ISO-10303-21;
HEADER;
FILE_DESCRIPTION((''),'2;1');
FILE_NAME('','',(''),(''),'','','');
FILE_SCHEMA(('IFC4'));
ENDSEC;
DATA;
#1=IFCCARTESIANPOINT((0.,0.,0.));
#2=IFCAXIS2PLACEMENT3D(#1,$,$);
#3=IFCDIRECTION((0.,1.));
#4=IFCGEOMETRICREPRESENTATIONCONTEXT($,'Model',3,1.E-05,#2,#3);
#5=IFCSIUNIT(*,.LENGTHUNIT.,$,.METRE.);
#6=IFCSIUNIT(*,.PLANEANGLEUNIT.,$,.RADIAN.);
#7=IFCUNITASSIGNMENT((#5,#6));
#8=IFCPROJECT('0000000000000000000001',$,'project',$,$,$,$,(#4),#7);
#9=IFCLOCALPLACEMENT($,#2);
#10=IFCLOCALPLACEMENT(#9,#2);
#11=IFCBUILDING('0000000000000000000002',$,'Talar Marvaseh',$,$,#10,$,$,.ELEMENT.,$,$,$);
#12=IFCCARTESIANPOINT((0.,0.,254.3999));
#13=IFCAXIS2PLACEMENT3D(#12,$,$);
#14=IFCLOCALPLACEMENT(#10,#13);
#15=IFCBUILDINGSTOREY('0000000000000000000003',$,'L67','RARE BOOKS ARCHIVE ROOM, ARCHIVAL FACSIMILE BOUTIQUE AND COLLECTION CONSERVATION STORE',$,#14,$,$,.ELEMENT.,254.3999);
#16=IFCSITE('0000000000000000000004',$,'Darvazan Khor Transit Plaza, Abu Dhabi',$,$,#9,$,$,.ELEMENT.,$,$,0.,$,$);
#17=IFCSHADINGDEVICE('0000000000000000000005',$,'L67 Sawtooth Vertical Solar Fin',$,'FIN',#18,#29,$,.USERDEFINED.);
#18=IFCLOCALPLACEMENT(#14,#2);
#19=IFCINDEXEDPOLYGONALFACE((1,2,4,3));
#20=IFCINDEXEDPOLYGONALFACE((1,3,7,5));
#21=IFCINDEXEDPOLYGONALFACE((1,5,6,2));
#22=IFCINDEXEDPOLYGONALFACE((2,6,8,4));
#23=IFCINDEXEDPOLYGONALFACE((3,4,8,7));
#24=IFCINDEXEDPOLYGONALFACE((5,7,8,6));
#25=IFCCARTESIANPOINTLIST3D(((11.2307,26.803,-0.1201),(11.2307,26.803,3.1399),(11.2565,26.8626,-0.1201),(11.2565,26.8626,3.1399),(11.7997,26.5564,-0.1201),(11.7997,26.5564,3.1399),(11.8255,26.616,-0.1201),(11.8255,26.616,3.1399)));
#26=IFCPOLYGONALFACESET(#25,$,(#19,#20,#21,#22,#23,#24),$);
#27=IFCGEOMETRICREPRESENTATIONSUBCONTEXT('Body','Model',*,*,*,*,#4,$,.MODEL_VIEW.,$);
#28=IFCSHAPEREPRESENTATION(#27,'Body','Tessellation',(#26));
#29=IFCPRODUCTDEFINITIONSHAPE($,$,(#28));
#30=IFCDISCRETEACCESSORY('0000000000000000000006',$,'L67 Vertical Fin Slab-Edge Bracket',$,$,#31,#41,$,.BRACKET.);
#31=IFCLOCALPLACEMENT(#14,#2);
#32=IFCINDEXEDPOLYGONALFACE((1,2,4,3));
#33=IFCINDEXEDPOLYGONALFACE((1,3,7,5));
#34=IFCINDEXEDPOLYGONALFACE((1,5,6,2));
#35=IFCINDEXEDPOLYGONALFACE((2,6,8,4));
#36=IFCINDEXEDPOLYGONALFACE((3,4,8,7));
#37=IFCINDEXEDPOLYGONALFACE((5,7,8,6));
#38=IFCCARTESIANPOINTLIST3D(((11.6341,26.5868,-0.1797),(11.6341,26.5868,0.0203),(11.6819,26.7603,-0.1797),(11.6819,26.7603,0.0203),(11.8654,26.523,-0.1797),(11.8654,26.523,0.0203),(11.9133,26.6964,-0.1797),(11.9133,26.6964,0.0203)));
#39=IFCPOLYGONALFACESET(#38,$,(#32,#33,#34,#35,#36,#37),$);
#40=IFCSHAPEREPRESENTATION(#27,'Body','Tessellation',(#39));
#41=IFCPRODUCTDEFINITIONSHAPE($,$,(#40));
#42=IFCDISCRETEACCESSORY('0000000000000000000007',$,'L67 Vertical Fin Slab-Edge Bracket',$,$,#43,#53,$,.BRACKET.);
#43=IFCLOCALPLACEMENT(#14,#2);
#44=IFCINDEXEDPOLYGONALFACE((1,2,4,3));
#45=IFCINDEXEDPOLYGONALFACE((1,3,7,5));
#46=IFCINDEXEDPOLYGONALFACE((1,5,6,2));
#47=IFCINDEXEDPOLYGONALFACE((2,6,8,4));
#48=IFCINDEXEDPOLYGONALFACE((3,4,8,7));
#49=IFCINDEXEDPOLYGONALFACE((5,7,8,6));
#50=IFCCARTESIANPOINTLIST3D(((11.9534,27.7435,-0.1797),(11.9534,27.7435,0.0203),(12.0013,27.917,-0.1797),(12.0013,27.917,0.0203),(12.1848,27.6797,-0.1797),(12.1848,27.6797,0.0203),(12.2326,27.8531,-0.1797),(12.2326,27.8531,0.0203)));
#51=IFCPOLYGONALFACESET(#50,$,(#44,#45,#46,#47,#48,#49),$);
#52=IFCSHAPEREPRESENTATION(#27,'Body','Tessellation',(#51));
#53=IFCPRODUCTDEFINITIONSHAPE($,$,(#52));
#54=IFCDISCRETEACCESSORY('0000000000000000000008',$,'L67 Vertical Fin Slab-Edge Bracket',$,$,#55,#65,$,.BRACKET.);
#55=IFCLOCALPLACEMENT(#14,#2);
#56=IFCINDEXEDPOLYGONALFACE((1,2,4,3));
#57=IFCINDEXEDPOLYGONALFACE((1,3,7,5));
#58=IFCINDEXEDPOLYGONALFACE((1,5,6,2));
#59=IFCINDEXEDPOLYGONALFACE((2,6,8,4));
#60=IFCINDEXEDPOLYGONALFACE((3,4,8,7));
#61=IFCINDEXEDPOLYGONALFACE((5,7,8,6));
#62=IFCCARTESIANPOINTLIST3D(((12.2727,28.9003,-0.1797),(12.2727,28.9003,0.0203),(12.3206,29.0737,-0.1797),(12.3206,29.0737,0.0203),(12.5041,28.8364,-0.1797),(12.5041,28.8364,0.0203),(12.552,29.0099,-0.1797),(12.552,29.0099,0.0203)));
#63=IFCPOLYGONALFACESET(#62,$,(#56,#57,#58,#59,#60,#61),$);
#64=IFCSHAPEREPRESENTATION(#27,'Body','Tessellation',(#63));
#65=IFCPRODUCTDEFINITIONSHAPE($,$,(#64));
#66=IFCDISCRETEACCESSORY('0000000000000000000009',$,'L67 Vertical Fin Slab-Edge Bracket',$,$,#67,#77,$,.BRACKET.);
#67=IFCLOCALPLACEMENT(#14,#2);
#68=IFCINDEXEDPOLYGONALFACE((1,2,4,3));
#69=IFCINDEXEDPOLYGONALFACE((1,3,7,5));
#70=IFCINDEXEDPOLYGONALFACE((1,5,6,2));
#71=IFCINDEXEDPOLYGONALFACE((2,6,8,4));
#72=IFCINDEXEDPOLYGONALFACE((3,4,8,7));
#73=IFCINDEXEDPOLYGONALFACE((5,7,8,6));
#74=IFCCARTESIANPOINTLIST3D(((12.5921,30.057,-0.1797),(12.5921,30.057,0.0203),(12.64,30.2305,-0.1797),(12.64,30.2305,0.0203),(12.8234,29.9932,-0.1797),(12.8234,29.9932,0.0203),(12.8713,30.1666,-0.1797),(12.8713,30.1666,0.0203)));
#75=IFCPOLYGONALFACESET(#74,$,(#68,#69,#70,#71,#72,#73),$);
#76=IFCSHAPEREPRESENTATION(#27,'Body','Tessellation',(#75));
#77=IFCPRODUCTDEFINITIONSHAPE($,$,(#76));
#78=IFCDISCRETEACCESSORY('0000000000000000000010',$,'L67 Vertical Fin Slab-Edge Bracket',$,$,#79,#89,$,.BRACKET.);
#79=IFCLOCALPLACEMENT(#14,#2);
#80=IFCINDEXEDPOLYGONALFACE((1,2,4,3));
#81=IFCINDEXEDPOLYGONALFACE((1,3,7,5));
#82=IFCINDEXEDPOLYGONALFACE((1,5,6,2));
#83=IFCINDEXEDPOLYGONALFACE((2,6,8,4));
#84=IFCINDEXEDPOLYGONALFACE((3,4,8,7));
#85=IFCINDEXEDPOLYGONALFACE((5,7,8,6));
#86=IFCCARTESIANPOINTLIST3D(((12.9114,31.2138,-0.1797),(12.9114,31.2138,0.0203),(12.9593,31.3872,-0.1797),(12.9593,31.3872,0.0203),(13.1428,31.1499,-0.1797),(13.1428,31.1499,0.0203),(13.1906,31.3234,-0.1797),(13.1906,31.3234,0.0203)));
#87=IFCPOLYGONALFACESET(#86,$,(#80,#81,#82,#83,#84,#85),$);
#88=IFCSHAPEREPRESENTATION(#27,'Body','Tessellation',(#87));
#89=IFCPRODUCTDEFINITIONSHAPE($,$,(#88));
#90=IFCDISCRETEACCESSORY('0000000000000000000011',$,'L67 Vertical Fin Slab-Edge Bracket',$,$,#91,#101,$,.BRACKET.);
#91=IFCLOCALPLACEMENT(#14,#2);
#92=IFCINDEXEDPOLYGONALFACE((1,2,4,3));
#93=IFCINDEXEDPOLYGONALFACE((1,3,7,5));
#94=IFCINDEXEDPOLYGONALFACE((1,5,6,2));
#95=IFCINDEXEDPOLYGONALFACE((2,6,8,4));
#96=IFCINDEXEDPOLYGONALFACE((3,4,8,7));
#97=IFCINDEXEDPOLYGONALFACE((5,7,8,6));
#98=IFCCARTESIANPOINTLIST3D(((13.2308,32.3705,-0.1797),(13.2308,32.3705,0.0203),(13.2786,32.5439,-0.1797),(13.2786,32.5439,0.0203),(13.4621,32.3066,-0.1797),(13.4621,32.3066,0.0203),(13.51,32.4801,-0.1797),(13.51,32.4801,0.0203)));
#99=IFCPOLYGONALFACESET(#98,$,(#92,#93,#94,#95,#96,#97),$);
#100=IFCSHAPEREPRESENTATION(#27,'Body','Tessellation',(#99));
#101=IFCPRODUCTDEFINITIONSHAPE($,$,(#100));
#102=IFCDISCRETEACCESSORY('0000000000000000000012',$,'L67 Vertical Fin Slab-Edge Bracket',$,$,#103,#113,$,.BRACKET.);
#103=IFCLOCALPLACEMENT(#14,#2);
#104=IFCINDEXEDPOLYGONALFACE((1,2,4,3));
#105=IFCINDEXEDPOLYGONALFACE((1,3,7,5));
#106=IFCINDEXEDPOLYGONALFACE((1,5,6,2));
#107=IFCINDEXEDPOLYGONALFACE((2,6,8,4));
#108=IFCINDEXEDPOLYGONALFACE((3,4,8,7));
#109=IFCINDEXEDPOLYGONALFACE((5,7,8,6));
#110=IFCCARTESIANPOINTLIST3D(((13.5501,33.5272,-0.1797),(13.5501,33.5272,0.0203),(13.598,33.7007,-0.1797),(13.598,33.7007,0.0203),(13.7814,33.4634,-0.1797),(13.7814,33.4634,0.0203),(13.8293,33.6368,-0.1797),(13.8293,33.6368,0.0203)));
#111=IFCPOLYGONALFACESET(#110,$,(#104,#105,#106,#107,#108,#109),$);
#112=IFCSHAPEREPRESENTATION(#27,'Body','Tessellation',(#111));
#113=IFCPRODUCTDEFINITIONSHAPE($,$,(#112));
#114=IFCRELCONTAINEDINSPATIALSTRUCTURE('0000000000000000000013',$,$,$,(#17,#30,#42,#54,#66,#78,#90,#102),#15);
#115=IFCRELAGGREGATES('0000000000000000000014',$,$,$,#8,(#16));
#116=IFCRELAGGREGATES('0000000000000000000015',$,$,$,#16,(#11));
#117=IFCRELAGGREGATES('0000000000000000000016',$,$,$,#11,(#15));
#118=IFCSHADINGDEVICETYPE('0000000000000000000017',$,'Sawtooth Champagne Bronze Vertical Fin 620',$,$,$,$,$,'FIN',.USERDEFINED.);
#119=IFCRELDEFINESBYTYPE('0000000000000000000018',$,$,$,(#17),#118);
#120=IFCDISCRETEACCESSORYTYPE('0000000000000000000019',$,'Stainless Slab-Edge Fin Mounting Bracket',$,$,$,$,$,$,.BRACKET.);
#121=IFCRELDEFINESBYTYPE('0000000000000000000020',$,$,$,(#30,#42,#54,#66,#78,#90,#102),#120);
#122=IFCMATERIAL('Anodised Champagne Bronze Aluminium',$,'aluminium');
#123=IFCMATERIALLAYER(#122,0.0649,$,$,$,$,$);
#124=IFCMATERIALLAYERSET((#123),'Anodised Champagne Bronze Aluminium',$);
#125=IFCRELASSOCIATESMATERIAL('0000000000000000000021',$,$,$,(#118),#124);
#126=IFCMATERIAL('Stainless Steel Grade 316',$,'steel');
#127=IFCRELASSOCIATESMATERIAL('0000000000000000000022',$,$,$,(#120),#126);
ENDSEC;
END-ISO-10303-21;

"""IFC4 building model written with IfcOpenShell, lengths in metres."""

from ifc_helpers import new_model, si_unit, direction, frame, origin, origin_2d, place, context, subcontext, project, spatial, rectangle, extrude, source, transform, mapped, material, layer, layer_set, type_object, type_shapes, element, save


model = new_model("IFC4")

# Units and contexts
model_context = context("Model", 3, precision=1e-05, world=origin(), true_north=direction((0.0, 1.0)))
body_context = subcontext(model_context, "Body", "Model", "MODEL_VIEW")
ifc_project = project(units=[si_unit("LENGTHUNIT", "METRE"), si_unit("PLANEANGLEUNIT", "RADIAN")], contexts=[model_context])

# Site, building, storey
site_placement = place(None, origin())
site = spatial("IfcSite", under=ifc_project, at=site_placement, Name="Darvazan Khor Transit Plaza, Abu Dhabi", CompositionType="ELEMENT", RefElevation=0.0)
building_placement = place(site_placement, origin())
building = spatial("IfcBuilding", under=site, at=building_placement, Name="Talar Marvaseh", CompositionType="ELEMENT")
storey_placement = place(building_placement, frame((0.0, 0.0, 254.3999)))
storey = spatial("IfcBuildingStorey", under=building, at=storey_placement, Name="L67", Description="RARE BOOKS ARCHIVE ROOM, ARCHIVAL FACSIMILE BOUTIQUE AND COLLECTION CONSERVATION STORE", CompositionType="ELEMENT", Elevation=254.3999)

# Shared definitions
ifc_material_1 = material(Name="Stainless Steel Grade 316", Category="steel")

# Shading device
ifc_material_2 = material(Name="Anodised Champagne Bronze Aluminium", Category="aluminium")
ifc_layer_1 = layer(ifc_material_2, 0.0649)
ifc_layer_set_1 = layer_set([ifc_layer_1], Name="Anodised Champagne Bronze Aluminium")
shading_device_type_1 = type_object("IfcShadingDeviceType", Name="Sawtooth Champagne Bronze Vertical Fin 620", ElementType="FIN", PredefinedType="USERDEFINED", material=ifc_layer_set_1)
shared_shape_1 = source(origin(), body_context, "Body", "SweptSolid", [
    extrude(rectangle(XDim=0.6201, YDim=0.0649, at=origin_2d()), origin(), (0.0, 0.0, 1.0), 3.26),
])
type_shapes(shading_device_type_1, [shared_shape_1])
shading_device_1_placement = place(storey_placement, frame((11.5281, 26.7095, -0.1201), z_axis=(0.0, 0.0, 1.0), x_axis=(-0.917547, 0.397628, 0.0)))
element("IfcShadingDevice", 1, at=shading_device_1_placement, inside=storey, type_object=shading_device_type_1, Name="L67 Sawtooth Vertical Solar Fin", ObjectType="FIN", PredefinedType="USERDEFINED", context=body_context, shape_type="MappedRepresentation", body=[
    mapped(shared_shape_1, transform((0.0, 0.0, 0.0), x_axis=(1.0, 0.0, 0.0), y_axis=(0.0, 1.0, 0.0), z_axis=(0.0, 0.0, 1.0), scale=1.0)),
])

# Discrete accessories
discrete_accessory_type = type_object("IfcDiscreteAccessoryType", Name="Stainless Slab-Edge Fin Mounting Bracket", PredefinedType="BRACKET", material=ifc_material_1)
shared_shape_2 = source(origin(), body_context, "Body", "SweptSolid", [
    extrude(rectangle(XDim=0.24, YDim=0.1799, at=origin_2d()), origin(), (0.0, 0.0, 1.0), 0.2),
])
type_shapes(discrete_accessory_type, [shared_shape_2])
for number, where, z_axis, x_axis, name in (
    (2, (11.7737, 26.6416, -0.1797), (0.0, 0.0, 1.0), (-0.963956, 0.266061, 0.0), "L67 Vertical Fin Slab-Edge Bracket"),
    (3, (12.093, 27.7983, -0.1797), (0.0, 0.0, 1.0), (-0.963956, 0.266061, 0.0), "L67 Vertical Fin Slab-Edge Bracket"),
    (4, (12.4124, 28.9551, -0.1797), (0.0, 0.0, 1.0), (-0.963956, 0.266061, 0.0), "L67 Vertical Fin Slab-Edge Bracket"),
    (5, (12.7317, 30.1118, -0.1797), (0.0, 0.0, 1.0), (-0.963956, 0.266061, 0.0), "L67 Vertical Fin Slab-Edge Bracket"),
    (6, (13.051, 31.2686, -0.1797), (0.0, 0.0, 1.0), (-0.963956, 0.266061, 0.0), "L67 Vertical Fin Slab-Edge Bracket"),
    (7, (13.3704, 32.4253, -0.1797), (0.0, 0.0, 1.0), (-0.963956, 0.266061, 0.0), "L67 Vertical Fin Slab-Edge Bracket"),
    (8, (13.6897, 33.582, -0.1797), (0.0, 0.0, 1.0), (-0.963956, 0.266061, 0.0), "L67 Vertical Fin Slab-Edge Bracket"),
):
    element("IfcDiscreteAccessory", number, at=place(storey_placement, frame(where, z_axis=z_axis, x_axis=x_axis)), inside=storey, type_object=discrete_accessory_type, Name=name, PredefinedType="BRACKET", context=body_context, shape_type="MappedRepresentation", body=[
        mapped(shared_shape_2, transform((0.0, 0.0, 0.0), x_axis=(1.0, 0.0, 0.0), y_axis=(0.0, 1.0, 0.0), z_axis=(0.0, 0.0, 1.0), scale=1.0)),
    ])

save(model, "model.ifc")
